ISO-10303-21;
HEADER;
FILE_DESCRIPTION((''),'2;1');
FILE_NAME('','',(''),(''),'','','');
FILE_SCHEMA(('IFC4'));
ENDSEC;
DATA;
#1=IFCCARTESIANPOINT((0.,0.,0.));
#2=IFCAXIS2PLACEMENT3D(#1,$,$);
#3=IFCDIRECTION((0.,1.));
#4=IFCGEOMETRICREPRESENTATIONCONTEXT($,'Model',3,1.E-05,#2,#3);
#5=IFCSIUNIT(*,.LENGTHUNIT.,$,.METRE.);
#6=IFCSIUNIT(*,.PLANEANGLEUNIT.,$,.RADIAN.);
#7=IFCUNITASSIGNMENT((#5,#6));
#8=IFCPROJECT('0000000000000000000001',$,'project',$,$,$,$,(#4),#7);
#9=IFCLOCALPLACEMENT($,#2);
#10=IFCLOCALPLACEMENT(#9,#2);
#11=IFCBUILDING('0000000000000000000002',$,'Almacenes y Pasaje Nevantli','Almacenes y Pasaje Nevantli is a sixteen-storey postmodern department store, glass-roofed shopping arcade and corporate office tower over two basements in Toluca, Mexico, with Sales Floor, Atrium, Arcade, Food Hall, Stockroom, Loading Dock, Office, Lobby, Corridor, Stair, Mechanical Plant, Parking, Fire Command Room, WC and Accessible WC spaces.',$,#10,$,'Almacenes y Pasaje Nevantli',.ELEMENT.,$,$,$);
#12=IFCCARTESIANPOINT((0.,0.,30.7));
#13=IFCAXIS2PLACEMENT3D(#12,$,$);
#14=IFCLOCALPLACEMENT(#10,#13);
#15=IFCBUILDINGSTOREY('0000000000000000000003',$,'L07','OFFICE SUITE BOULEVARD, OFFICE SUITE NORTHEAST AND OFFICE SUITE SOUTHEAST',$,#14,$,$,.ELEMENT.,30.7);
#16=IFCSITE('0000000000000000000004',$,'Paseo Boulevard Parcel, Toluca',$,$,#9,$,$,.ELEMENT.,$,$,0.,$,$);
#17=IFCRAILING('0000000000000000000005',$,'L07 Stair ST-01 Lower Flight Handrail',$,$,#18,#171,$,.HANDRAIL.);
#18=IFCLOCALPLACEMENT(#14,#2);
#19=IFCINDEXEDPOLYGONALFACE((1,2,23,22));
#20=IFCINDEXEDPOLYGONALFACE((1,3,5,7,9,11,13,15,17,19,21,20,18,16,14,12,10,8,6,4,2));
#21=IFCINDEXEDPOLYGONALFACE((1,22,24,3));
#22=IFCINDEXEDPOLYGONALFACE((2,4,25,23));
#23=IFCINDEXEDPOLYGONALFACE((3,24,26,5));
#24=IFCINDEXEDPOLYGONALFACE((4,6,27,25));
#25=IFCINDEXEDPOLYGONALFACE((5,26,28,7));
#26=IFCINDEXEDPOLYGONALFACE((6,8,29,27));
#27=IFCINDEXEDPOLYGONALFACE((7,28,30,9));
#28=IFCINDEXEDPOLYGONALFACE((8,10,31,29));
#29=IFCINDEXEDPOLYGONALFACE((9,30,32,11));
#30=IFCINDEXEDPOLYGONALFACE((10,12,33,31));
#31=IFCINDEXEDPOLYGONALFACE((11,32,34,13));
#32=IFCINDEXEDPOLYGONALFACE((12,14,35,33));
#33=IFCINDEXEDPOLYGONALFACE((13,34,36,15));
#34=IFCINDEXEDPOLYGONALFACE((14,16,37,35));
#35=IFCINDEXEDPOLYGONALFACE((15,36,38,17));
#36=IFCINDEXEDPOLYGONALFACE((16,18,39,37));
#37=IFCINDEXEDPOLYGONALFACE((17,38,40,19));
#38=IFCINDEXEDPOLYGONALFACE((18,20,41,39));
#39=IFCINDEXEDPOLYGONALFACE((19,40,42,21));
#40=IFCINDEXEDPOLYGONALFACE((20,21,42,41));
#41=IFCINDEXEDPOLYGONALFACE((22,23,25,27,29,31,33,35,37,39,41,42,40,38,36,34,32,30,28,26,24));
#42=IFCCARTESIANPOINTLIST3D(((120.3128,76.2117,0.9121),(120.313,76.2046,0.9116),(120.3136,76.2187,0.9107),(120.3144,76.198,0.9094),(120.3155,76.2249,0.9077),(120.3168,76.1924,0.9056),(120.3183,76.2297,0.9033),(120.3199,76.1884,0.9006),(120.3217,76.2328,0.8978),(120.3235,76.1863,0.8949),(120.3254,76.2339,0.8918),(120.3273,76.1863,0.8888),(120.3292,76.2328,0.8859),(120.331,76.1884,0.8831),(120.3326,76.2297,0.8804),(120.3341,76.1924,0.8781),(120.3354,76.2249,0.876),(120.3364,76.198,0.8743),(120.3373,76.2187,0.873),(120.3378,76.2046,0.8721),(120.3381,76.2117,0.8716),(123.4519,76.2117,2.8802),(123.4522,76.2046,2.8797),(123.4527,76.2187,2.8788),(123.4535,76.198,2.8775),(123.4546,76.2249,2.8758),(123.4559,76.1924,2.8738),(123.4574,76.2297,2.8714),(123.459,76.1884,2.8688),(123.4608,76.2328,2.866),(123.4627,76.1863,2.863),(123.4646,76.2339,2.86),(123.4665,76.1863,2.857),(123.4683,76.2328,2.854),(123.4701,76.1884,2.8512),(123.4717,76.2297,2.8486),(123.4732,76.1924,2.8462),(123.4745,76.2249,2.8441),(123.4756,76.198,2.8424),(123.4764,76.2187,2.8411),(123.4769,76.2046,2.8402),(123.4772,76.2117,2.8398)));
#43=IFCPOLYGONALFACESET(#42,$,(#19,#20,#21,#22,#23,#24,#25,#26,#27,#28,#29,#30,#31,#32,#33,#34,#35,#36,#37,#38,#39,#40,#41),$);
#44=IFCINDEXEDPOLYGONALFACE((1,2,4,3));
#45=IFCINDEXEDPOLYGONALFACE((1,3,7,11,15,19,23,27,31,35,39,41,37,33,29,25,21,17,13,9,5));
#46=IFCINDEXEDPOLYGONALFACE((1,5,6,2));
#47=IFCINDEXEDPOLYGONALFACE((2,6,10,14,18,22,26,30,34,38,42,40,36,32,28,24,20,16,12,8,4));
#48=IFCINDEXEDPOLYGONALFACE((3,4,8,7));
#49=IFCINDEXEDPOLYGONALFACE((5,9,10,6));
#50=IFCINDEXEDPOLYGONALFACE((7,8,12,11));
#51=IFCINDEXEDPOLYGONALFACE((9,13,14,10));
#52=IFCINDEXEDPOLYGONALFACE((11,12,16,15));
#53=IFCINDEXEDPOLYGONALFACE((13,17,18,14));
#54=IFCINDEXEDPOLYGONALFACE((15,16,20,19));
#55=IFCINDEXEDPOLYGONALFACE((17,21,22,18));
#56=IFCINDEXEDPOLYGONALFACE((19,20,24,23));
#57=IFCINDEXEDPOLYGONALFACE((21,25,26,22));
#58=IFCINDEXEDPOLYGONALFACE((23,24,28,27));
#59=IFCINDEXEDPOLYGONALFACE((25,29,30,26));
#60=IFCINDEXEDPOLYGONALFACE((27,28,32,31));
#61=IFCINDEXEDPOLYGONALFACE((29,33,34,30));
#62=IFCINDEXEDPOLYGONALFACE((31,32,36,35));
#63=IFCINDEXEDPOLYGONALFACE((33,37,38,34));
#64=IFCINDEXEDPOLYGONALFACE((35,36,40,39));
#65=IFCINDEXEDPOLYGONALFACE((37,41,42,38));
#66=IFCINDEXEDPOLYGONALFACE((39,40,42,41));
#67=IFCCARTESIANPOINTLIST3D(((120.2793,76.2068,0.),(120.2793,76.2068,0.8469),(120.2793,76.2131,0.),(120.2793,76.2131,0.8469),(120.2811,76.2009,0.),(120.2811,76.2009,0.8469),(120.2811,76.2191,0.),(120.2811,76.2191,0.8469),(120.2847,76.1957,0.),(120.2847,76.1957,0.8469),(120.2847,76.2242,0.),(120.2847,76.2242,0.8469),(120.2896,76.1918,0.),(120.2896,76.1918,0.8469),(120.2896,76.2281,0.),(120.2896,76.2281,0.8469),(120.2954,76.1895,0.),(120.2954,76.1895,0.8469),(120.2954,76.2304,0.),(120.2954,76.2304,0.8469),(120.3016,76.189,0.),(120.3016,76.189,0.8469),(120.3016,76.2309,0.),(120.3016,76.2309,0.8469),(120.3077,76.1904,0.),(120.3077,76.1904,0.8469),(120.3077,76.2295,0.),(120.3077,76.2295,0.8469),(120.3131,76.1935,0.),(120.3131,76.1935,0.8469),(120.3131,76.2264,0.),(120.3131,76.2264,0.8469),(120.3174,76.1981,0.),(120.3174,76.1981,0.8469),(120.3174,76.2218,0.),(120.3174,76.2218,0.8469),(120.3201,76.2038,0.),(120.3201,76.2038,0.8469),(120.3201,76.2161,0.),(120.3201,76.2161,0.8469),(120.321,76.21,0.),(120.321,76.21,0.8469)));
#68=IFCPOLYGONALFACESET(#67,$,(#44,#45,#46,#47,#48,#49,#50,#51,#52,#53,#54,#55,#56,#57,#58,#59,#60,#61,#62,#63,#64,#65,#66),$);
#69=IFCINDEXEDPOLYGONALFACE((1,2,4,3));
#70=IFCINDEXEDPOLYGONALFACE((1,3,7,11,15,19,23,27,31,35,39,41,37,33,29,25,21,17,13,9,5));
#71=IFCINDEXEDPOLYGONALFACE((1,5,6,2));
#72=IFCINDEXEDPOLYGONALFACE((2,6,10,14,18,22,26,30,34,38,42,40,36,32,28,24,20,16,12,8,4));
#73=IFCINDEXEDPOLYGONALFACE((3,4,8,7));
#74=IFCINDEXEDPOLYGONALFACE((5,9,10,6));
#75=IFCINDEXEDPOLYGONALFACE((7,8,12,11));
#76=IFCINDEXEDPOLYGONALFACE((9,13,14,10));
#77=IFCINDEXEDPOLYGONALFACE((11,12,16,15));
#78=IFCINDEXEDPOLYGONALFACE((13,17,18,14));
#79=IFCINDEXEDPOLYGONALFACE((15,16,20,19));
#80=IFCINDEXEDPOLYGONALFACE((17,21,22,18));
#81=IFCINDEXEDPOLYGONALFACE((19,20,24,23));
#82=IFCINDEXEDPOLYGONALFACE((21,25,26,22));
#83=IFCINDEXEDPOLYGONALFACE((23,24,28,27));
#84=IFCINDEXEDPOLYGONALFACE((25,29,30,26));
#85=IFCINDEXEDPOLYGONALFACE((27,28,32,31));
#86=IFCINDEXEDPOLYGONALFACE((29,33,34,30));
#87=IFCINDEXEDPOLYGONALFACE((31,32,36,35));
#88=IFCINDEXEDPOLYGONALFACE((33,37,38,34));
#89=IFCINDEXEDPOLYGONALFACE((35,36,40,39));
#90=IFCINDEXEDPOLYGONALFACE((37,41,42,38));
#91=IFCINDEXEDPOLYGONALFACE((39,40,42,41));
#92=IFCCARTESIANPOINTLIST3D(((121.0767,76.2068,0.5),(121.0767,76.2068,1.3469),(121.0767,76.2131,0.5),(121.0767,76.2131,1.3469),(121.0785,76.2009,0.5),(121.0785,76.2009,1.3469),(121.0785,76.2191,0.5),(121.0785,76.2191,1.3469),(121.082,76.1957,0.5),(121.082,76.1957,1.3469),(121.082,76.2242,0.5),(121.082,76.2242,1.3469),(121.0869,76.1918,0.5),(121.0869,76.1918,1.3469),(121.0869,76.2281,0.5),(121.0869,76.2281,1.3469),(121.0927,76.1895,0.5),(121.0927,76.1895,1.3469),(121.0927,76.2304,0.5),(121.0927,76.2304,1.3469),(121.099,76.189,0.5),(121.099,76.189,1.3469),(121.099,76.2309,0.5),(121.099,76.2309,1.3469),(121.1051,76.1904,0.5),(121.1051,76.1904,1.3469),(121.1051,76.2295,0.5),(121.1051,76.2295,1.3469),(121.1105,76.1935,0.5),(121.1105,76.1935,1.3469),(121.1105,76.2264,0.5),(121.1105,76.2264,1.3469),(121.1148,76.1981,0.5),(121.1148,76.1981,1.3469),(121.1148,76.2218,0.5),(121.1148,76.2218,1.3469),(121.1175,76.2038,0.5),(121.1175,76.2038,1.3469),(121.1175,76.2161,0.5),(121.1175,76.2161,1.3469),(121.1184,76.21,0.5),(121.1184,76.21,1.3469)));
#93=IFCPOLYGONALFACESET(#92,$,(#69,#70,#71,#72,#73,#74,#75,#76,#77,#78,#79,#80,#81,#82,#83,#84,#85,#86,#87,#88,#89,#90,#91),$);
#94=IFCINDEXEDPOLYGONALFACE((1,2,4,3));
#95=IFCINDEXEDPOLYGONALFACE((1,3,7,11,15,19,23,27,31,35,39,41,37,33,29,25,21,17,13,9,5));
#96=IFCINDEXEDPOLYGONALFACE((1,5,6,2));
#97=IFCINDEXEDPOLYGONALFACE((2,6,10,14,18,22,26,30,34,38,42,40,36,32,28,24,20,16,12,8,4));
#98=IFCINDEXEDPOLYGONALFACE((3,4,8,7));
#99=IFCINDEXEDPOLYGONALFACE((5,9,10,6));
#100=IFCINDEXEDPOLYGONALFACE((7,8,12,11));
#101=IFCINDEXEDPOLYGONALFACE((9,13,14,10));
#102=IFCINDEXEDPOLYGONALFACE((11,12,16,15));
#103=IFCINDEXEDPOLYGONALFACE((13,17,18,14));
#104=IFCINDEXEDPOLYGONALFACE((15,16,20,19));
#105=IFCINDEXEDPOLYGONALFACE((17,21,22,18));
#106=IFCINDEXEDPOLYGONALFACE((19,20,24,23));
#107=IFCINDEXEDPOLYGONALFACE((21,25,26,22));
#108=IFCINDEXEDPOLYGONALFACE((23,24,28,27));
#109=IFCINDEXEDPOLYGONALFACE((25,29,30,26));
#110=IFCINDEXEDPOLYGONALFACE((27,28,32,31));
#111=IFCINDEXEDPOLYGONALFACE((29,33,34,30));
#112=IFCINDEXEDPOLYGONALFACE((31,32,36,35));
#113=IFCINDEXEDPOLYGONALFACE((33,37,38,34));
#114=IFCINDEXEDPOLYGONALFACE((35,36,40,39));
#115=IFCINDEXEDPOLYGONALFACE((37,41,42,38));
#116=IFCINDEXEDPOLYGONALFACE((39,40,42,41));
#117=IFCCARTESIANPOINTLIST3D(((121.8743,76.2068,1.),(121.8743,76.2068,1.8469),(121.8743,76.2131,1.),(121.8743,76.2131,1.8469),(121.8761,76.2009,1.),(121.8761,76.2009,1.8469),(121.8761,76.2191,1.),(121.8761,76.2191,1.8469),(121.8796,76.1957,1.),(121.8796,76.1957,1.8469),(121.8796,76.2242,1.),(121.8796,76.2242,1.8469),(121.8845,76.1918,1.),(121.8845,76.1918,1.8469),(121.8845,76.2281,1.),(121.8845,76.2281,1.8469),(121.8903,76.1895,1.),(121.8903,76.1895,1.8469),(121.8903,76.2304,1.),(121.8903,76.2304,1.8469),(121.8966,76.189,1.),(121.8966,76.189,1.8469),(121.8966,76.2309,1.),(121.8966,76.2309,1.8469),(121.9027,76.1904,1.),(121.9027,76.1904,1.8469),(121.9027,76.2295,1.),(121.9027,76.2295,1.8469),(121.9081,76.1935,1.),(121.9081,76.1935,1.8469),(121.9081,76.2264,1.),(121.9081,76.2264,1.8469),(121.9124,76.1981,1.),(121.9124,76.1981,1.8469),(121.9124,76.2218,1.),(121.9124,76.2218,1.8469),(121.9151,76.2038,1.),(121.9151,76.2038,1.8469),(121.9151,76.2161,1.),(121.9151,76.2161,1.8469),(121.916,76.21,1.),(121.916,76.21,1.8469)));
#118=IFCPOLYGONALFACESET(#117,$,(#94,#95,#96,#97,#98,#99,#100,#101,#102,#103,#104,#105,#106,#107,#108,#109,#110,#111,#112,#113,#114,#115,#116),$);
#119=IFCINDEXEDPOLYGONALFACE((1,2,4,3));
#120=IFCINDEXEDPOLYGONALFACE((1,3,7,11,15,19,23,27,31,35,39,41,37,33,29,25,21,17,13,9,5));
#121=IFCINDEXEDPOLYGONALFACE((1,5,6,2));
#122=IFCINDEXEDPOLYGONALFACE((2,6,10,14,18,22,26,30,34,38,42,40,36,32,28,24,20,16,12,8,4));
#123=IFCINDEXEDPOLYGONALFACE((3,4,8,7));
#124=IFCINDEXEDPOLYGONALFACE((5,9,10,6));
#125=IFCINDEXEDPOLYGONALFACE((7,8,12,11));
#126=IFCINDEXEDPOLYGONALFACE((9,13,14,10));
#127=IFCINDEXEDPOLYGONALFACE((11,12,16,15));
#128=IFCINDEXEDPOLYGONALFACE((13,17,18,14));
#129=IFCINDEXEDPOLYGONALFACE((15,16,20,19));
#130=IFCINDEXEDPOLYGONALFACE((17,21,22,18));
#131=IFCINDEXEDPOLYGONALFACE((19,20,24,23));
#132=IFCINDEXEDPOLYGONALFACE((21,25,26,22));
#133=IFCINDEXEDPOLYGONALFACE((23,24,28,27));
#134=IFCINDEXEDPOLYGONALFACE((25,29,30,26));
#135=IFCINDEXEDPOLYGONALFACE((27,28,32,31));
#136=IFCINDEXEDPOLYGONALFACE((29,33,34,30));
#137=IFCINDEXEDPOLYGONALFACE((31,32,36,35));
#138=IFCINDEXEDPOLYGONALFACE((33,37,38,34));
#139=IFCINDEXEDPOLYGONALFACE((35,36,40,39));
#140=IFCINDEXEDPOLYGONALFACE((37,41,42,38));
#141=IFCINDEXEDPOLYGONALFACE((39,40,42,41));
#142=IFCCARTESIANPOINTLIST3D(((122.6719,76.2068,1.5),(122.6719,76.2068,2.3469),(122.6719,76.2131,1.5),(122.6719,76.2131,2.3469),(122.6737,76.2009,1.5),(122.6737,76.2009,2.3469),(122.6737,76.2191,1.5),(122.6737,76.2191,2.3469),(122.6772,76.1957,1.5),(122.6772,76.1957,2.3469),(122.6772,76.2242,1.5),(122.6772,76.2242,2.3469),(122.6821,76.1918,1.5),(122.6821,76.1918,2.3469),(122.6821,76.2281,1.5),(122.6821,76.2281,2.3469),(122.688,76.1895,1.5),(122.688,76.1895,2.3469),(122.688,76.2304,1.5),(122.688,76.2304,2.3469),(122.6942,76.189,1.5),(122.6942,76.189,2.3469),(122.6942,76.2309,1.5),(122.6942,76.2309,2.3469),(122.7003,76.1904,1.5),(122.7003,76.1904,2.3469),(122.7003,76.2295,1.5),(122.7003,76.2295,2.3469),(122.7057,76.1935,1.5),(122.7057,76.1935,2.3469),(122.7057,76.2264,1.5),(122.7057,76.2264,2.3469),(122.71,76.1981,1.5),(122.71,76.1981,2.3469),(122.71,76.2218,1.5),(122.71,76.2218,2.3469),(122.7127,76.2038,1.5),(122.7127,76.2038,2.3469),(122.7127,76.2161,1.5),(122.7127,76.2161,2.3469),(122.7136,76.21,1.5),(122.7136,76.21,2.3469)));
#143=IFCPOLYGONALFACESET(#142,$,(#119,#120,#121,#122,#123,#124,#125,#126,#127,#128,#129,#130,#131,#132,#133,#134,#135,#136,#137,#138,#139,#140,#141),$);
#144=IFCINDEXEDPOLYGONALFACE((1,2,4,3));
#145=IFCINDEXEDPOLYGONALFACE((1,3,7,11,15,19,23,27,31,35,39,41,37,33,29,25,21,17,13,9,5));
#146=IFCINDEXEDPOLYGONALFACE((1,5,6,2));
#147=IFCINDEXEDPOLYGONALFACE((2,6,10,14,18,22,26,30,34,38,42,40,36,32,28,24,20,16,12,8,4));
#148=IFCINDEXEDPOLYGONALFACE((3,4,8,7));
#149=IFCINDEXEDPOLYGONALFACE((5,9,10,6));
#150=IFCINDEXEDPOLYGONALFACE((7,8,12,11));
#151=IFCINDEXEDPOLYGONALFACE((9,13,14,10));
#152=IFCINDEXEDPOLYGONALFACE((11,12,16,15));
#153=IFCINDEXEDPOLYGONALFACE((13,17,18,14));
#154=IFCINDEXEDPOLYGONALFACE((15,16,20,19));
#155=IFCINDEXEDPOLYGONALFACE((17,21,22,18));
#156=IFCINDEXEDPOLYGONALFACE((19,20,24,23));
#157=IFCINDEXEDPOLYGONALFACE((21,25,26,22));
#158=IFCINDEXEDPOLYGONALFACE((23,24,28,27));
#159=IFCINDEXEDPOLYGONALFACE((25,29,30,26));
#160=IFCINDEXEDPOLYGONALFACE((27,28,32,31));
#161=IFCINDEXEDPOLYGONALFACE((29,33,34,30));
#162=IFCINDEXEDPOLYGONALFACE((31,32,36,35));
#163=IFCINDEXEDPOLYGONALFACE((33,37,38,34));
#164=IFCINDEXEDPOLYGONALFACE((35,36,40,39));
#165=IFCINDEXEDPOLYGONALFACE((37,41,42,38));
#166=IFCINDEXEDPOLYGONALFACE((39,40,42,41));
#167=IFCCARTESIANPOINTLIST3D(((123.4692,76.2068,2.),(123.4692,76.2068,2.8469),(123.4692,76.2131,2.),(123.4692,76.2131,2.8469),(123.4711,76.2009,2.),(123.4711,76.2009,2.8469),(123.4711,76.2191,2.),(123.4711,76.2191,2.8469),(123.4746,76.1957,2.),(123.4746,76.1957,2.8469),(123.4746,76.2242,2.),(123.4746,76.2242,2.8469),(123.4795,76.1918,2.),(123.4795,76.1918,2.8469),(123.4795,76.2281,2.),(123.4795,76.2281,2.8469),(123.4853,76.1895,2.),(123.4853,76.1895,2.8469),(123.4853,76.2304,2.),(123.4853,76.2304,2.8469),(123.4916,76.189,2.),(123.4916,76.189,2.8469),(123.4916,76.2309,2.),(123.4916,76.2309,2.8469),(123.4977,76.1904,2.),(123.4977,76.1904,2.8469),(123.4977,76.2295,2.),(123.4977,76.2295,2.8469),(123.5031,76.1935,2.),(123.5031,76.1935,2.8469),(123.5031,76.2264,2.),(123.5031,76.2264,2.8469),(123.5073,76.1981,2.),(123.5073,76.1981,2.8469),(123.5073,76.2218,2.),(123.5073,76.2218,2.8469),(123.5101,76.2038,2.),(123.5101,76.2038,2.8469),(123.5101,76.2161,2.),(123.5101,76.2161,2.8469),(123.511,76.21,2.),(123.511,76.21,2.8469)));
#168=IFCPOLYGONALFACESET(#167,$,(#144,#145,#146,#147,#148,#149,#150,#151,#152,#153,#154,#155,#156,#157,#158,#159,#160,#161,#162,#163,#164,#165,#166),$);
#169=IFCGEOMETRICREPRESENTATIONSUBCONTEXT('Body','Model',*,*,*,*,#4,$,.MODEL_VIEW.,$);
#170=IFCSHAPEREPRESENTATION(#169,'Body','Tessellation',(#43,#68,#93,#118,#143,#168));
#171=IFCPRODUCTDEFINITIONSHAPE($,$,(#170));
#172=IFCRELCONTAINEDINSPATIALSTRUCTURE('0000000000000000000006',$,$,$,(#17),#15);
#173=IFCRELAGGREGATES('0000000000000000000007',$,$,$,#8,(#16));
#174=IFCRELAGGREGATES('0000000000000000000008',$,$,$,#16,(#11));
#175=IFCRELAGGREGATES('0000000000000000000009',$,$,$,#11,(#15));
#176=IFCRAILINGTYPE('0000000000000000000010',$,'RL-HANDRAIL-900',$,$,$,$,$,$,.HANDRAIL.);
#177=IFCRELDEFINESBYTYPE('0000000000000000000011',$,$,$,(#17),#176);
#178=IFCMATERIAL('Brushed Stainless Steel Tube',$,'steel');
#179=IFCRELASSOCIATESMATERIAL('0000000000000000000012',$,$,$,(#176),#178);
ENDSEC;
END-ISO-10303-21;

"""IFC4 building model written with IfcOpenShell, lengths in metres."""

from ifc_helpers import new_model, si_unit, direction, frame, origin, origin_2d, place, context, subcontext, project, spatial, circle, extrude, material, type_object, element, save


model = new_model("IFC4")

# Units and contexts
model_context = context("Model", 3, precision=1e-05, world=origin(), true_north=direction((0.0, 1.0)))
body_context = subcontext(model_context, "Body", "Model", "MODEL_VIEW")
ifc_project = project(units=[si_unit("LENGTHUNIT", "METRE"), si_unit("PLANEANGLEUNIT", "RADIAN")], contexts=[model_context])

# Site, building, storey
site_placement = place(None, origin())
site = spatial("IfcSite", under=ifc_project, at=site_placement, Name="Paseo Boulevard Parcel, Toluca", CompositionType="ELEMENT", RefElevation=0.0)
building_placement = place(site_placement, origin())
building = spatial("IfcBuilding", under=site, at=building_placement, Name="Almacenes y Pasaje Nevantli", Description="Almacenes y Pasaje Nevantli is a sixteen-storey postmodern department store, glass-roofed shopping arcade and corporate office tower over two basements in Toluca, Mexico, with Sales Floor, Atrium, Arcade, Food Hall, Stockroom, Loading Dock, Office, Lobby, Corridor, Stair, Mechanical Plant, Parking, Fire Command Room, WC and Accessible WC spaces.", LongName="Almacenes y Pasaje Nevantli", CompositionType="ELEMENT")
storey_placement = place(building_placement, frame((0.0, 0.0, 30.7)))
storey = spatial("IfcBuildingStorey", under=building, at=storey_placement, Name="L07", Description="OFFICE SUITE BOULEVARD, OFFICE SUITE NORTHEAST AND OFFICE SUITE SOUTHEAST", CompositionType="ELEMENT", Elevation=30.7)

# Railing
ifc_material_1 = material(Name="Brushed Stainless Steel Tube", Category="steel")
railing_type = type_object("IfcRailingType", Name="RL-HANDRAIL-900", PredefinedType="HANDRAIL", material=ifc_material_1)
railing_placement = place(storey_placement, frame((120.3, 76.21, 0.0)))
element("IfcRailing", 1, at=railing_placement, inside=storey, type_object=railing_type, Name="L07 Stair ST-01 Lower Flight Handrail", PredefinedType="HANDRAIL", context=body_context, shape_type="SweptSolid", body=[
    extrude(circle(Radius=0.0239, at=origin_2d()), frame((0.0254, 0.0, 0.8918), z_axis=(0.847247, 0.0, 0.531199), x_axis=(0.0, 1.0, 0.0)), (0.0, 0.0, 1.0), 3.7051),
    extrude(circle(Radius=0.021, at=origin_2d()), origin(), (0.0, 0.0, 1.0), 0.8469),
    extrude(circle(Radius=0.021, at=origin_2d()), frame((0.7974, 0.0, 0.5)), (0.0, 0.0, 1.0), 0.8469),
    extrude(circle(Radius=0.021, at=origin_2d()), frame((1.595, 0.0, 1.0)), (0.0, 0.0, 1.0), 0.8469),
    extrude(circle(Radius=0.021, at=origin_2d()), frame((2.3926, 0.0, 1.5)), (0.0, 0.0, 1.0), 0.8469),
    extrude(circle(Radius=0.021, at=origin_2d()), frame((3.1899, 0.0, 2.0)), (0.0, 0.0, 1.0), 0.8469),
])

save(model, "model.ifc")
